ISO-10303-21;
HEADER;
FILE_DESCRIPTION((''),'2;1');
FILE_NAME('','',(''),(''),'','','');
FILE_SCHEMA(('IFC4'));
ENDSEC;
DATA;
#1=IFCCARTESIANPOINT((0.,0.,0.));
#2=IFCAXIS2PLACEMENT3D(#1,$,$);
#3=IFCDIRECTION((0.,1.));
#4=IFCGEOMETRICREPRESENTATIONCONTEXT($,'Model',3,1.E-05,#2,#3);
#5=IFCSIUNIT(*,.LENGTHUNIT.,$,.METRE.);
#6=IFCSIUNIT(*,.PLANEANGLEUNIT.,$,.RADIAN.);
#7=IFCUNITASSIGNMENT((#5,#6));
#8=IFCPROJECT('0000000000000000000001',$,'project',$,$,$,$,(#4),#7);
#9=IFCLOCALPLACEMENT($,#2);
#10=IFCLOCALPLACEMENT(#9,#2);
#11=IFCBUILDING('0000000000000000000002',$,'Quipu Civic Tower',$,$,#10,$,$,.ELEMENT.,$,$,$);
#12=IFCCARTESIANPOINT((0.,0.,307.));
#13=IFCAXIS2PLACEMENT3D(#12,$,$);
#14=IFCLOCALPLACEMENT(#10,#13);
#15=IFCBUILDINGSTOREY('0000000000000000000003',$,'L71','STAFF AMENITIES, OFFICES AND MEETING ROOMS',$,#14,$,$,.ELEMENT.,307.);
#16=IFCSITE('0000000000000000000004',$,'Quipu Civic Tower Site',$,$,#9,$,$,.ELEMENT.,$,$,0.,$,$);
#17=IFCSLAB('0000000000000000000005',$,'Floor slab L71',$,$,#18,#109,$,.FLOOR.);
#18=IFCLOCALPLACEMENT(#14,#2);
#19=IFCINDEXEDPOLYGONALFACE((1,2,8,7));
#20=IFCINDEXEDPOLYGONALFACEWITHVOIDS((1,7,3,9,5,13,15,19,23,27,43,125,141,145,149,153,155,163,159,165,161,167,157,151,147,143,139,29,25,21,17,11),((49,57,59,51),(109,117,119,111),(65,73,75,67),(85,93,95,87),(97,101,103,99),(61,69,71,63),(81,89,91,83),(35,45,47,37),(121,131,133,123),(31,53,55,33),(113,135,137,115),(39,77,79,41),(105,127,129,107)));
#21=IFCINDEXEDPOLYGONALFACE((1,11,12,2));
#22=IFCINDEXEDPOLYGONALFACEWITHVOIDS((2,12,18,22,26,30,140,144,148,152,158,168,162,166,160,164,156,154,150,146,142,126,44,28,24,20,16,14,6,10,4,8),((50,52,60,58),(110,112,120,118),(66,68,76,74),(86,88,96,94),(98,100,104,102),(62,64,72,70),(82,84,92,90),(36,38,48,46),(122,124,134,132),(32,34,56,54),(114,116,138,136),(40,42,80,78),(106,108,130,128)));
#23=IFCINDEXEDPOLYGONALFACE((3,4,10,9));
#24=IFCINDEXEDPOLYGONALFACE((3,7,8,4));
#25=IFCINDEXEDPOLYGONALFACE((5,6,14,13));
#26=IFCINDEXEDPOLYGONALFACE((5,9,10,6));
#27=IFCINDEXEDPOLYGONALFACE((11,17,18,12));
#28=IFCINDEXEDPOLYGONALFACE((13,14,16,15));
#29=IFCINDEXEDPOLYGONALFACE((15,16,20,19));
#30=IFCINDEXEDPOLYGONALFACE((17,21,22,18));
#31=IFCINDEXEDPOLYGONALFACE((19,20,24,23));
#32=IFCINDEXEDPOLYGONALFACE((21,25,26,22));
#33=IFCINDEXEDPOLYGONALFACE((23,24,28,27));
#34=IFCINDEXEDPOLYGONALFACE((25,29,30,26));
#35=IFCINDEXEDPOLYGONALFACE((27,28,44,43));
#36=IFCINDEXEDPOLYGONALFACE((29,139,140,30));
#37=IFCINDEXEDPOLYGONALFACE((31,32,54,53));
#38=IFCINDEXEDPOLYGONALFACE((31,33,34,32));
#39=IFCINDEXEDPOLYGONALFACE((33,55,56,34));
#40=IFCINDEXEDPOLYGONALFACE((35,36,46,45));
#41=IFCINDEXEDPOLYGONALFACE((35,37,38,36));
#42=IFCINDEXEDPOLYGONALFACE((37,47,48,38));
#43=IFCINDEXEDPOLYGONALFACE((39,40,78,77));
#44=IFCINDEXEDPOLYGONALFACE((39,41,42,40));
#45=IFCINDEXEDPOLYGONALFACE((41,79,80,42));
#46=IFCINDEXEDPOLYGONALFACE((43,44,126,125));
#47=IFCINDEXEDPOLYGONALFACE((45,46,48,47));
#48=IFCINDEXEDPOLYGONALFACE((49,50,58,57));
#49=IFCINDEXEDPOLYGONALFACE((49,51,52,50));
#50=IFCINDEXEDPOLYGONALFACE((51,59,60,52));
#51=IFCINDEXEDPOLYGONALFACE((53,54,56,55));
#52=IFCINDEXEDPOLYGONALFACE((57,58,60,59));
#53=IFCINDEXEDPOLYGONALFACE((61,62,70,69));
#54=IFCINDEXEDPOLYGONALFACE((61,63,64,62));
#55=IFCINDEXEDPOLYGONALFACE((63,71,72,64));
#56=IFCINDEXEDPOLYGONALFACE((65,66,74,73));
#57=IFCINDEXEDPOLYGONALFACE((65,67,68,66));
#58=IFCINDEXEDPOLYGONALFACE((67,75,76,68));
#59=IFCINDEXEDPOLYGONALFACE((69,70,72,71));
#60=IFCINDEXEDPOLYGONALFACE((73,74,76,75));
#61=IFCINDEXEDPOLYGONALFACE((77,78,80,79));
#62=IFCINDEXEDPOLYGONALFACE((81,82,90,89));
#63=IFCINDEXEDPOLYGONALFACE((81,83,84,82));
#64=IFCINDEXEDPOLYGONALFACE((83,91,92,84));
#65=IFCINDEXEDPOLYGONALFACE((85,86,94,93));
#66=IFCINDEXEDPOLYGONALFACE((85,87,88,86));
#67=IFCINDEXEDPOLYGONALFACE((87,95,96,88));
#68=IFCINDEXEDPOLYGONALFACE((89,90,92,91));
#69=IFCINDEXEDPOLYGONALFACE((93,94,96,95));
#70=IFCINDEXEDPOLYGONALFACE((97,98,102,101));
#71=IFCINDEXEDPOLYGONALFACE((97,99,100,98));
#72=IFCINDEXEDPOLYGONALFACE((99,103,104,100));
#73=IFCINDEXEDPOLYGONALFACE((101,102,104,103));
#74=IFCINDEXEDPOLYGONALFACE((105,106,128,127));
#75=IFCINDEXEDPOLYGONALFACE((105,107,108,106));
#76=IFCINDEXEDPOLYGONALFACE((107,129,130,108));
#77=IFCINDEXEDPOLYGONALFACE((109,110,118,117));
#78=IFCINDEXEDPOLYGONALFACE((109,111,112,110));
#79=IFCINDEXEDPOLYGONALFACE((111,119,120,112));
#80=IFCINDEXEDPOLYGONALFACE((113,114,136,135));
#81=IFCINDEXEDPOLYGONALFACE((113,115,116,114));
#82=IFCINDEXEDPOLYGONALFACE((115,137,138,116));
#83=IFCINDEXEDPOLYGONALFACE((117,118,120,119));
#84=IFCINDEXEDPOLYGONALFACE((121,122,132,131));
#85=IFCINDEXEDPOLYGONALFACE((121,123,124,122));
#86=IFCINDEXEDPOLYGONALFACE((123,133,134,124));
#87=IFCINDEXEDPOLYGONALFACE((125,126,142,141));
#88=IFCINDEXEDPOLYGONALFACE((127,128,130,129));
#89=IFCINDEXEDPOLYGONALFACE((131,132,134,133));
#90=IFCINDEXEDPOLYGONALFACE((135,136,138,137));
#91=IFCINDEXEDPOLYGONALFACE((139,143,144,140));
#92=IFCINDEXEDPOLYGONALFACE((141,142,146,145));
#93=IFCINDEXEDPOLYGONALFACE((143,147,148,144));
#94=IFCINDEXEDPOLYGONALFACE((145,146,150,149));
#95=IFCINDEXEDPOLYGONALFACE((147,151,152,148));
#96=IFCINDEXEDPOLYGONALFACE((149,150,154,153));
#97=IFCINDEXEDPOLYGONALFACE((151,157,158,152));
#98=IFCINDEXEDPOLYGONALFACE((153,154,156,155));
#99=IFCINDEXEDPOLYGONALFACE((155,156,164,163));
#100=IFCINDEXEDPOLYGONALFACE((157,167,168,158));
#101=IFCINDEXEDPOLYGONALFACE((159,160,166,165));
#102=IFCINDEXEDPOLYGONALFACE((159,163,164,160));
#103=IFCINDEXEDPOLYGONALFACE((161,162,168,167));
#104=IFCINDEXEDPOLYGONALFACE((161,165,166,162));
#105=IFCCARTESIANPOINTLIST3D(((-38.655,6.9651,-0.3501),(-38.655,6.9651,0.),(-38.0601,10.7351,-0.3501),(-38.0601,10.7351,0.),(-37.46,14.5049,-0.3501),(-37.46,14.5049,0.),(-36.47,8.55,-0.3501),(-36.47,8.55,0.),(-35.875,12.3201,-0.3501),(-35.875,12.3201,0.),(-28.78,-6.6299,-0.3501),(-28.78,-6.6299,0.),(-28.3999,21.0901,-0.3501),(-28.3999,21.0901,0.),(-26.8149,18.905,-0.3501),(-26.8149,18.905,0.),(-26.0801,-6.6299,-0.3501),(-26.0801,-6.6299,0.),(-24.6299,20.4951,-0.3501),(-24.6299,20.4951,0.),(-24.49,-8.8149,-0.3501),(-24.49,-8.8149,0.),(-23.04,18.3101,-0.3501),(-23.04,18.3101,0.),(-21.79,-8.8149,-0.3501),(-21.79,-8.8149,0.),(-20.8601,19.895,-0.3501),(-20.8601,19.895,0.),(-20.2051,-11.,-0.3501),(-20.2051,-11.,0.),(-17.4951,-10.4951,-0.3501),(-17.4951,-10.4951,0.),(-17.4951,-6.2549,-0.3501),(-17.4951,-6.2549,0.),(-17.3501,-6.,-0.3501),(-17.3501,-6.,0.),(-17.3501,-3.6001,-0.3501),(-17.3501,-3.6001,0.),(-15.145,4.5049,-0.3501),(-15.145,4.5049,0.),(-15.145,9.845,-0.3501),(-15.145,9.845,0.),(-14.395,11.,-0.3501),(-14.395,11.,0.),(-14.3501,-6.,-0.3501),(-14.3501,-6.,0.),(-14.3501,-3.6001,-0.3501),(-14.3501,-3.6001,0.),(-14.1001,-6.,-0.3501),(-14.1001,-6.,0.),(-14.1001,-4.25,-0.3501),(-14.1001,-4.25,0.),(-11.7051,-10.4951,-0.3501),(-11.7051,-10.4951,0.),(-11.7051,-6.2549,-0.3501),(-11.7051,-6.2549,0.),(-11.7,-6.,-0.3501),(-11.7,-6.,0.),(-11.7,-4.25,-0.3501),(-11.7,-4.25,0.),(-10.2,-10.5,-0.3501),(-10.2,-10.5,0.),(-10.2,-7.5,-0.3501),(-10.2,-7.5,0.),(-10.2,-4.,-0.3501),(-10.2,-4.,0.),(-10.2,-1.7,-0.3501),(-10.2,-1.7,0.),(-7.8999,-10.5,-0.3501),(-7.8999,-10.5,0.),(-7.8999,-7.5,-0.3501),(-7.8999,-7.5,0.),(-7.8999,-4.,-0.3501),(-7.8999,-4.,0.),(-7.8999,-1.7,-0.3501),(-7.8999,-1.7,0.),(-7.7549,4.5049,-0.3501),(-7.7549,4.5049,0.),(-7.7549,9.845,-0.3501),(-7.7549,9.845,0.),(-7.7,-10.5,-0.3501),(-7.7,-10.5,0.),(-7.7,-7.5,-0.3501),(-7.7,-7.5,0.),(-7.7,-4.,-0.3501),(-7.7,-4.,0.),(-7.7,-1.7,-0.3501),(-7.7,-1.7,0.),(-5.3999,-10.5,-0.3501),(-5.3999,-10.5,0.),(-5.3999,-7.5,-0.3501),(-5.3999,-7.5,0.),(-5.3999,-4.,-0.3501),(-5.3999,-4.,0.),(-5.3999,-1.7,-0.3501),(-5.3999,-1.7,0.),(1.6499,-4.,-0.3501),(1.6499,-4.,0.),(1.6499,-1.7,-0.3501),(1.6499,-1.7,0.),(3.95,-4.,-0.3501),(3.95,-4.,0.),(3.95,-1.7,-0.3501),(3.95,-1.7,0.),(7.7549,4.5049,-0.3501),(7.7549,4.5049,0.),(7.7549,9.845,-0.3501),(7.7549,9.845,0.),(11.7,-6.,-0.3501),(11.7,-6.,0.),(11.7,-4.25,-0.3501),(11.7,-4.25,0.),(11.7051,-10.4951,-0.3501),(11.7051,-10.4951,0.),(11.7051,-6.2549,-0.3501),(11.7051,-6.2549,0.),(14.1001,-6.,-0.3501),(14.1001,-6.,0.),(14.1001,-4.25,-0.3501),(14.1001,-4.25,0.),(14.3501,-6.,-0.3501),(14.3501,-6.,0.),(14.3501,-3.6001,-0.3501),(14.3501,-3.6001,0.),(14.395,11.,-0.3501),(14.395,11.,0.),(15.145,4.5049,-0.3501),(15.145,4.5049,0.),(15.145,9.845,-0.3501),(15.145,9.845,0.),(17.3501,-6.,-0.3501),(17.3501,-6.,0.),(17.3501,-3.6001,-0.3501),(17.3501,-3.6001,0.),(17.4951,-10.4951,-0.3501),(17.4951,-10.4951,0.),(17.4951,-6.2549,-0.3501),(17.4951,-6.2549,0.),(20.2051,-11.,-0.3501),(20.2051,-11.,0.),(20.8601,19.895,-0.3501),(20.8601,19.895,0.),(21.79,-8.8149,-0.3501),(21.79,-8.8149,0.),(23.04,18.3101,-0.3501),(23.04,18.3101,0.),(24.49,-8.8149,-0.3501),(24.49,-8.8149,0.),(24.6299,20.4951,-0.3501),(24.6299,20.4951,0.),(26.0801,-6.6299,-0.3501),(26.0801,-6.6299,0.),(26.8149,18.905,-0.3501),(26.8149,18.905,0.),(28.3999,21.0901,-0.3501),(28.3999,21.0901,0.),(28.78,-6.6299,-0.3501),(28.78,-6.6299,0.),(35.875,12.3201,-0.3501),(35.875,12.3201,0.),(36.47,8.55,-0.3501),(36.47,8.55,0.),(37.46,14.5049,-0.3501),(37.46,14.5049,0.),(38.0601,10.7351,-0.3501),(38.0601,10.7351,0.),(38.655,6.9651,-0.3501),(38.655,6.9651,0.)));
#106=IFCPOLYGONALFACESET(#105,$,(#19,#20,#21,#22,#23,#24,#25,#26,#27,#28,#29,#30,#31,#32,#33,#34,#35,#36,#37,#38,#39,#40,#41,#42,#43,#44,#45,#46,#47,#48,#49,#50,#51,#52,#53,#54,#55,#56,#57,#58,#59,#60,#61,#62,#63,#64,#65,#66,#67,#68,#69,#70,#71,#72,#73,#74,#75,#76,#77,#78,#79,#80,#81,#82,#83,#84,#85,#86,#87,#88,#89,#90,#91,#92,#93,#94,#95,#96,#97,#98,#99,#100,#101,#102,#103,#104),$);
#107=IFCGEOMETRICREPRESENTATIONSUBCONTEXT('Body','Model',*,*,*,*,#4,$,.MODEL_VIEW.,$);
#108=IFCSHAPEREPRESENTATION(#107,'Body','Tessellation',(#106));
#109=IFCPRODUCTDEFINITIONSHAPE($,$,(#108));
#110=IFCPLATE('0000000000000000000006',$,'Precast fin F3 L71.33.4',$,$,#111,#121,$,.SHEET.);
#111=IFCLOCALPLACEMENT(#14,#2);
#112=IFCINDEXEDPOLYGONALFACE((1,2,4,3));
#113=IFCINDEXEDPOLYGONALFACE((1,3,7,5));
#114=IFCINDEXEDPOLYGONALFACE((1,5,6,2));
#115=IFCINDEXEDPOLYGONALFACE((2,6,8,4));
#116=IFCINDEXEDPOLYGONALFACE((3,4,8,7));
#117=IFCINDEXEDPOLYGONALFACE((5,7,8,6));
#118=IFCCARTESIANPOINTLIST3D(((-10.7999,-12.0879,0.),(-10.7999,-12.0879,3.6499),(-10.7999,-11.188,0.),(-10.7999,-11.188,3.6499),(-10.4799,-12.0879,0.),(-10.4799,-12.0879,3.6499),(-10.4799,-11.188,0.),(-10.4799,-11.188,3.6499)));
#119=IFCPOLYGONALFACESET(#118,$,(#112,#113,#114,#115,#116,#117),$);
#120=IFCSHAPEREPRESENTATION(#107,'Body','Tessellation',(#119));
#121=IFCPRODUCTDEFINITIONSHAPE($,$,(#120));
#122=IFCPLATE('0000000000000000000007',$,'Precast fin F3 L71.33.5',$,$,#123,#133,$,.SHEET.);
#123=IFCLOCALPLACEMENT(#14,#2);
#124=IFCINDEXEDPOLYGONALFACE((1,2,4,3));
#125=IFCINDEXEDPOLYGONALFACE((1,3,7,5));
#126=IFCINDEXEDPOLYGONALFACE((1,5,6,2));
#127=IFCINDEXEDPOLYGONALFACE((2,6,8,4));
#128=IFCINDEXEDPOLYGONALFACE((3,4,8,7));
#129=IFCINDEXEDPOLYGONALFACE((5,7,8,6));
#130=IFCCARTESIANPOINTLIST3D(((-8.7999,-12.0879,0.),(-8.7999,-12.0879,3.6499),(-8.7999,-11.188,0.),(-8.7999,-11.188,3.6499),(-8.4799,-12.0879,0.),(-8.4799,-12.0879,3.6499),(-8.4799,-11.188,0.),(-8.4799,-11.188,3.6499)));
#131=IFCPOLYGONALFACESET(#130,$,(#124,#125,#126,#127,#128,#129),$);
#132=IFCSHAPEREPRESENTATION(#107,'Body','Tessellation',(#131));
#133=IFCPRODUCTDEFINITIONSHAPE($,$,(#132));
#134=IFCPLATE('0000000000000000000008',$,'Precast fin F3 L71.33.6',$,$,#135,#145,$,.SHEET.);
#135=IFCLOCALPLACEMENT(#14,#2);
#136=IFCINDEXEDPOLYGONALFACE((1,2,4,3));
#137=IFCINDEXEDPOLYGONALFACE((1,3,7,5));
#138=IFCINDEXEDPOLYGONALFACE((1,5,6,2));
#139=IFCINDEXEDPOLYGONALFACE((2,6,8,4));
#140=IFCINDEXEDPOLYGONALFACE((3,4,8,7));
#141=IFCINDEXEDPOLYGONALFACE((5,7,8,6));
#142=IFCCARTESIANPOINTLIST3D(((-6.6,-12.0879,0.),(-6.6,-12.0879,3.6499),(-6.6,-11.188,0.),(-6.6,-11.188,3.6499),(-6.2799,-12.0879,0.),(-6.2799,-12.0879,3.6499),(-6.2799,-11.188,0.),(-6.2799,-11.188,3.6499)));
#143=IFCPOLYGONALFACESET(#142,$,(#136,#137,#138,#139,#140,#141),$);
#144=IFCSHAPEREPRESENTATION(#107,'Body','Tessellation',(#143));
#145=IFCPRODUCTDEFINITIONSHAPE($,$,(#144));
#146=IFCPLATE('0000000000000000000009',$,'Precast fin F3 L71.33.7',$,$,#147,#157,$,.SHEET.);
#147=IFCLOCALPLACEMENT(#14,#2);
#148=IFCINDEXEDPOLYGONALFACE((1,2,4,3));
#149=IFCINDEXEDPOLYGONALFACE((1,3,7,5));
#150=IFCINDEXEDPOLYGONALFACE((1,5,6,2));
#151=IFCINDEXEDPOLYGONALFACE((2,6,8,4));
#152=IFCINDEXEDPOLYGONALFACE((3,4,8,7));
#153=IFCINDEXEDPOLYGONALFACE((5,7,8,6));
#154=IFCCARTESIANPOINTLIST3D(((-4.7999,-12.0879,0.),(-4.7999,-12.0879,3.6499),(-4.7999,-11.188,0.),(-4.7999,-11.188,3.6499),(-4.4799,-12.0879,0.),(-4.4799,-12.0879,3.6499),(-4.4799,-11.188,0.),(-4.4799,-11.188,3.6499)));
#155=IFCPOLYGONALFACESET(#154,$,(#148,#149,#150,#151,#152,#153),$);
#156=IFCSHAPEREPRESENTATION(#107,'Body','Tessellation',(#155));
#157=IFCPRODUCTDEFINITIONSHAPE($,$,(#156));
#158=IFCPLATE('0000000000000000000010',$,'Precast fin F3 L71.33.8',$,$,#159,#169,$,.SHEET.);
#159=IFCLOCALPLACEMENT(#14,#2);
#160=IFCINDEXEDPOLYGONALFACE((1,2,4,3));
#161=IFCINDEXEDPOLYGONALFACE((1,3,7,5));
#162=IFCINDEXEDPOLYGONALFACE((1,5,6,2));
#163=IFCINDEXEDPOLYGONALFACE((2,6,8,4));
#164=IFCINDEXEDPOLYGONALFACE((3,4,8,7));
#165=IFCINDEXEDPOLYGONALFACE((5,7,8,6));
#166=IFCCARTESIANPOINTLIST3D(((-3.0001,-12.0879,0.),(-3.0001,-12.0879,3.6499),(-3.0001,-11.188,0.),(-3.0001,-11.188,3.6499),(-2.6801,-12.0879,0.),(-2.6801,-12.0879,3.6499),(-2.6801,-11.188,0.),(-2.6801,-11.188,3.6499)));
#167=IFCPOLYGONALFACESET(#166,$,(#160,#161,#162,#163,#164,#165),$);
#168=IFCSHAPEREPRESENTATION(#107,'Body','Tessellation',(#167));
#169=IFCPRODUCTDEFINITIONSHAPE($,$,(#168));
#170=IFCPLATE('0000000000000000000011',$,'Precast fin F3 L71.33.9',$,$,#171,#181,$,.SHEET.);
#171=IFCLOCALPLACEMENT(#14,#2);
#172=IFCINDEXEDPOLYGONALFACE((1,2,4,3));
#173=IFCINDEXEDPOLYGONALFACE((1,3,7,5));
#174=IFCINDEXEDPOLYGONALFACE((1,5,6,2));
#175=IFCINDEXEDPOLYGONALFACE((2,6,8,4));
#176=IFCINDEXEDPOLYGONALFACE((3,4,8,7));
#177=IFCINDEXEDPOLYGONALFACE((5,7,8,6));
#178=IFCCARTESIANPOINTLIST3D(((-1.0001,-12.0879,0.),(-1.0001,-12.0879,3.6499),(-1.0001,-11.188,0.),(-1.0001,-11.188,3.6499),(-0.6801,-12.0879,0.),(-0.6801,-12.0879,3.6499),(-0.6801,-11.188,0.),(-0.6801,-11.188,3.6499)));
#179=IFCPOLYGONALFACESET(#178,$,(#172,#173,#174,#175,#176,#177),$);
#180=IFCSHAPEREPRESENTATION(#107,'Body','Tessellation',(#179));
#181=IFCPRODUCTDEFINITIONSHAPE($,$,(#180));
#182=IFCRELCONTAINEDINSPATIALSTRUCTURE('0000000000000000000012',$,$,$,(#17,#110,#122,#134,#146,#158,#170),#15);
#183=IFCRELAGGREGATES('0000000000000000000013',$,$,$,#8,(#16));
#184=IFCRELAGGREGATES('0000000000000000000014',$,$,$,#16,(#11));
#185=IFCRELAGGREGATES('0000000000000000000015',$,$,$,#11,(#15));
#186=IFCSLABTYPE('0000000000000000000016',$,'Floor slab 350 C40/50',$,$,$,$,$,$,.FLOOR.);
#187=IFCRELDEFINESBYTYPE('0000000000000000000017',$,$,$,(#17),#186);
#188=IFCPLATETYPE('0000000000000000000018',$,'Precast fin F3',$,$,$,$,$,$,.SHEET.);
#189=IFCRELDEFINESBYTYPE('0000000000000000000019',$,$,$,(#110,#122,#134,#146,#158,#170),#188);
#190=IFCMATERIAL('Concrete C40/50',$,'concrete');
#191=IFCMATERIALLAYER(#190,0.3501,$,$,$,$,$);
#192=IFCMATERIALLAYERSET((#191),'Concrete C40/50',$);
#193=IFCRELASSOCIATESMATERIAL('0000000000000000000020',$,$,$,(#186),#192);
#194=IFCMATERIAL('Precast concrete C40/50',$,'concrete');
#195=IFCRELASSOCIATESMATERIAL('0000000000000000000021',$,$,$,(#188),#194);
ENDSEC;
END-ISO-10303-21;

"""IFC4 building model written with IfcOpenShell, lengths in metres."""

from ifc_helpers import new_model, si_unit, direction, frame, origin, origin_2d, place, context, subcontext, project, spatial, polyline, rectangle, outline, extrude, material, layer, layer_set, type_object, element, save


model = new_model("IFC4")

# Units and contexts
model_context = context("Model", 3, precision=1e-05, world=origin(), true_north=direction((0.0, 1.0)))
body_context = subcontext(model_context, "Body", "Model", "MODEL_VIEW")
ifc_project = project(units=[si_unit("LENGTHUNIT", "METRE"), si_unit("PLANEANGLEUNIT", "RADIAN")], contexts=[model_context])

# Site, building, storey
site_placement = place(None, origin())
site = spatial("IfcSite", under=ifc_project, at=site_placement, Name="Quipu Civic Tower Site", CompositionType="ELEMENT", RefElevation=0.0)
building_placement = place(site_placement, origin())
building = spatial("IfcBuilding", under=site, at=building_placement, Name="Quipu Civic Tower", CompositionType="ELEMENT")
storey_placement = place(building_placement, frame((0.0, 0.0, 307.0)))
storey = spatial("IfcBuildingStorey", under=building, at=storey_placement, Name="L71", Description="STAFF AMENITIES, OFFICES AND MEETING ROOMS", CompositionType="ELEMENT", Elevation=307.0)

# Slab
ifc_material_1 = material(Name="Concrete C40/50", Category="concrete")
ifc_layer_1 = layer(ifc_material_1, 0.3501)
ifc_layer_set_1 = layer_set([ifc_layer_1], Name="Concrete C40/50")
slab_type = type_object("IfcSlabType", Name="Floor slab 350 C40/50", PredefinedType="FLOOR", material=ifc_layer_set_1)
slab_placement = place(storey_placement, frame((0.0, 0.0, -0.3501)))
element("IfcSlab", 1, at=slab_placement, inside=storey, type_object=slab_type, Name="Floor slab L71", PredefinedType="FLOOR", context=body_context, shape_type="SweptSolid", body=[
    extrude(outline(polyline([(20.8601, 19.895), (23.04, 18.3101), (24.6299, 20.4951), (26.8149, 18.905), (28.3999, 21.0901), (37.46, 14.5049), (35.875, 12.3201), (38.0601, 10.7351), (36.47, 8.55), (38.655, 6.9651), (28.78, -6.6299), (26.0801, -6.6299), (24.49, -8.8149), (21.79, -8.8149), (20.2051, -11.0), (-20.2051, -11.0), (-21.79, -8.8149), (-24.49, -8.8149), (-26.0801, -6.6299), (-28.78, -6.6299), (-38.655, 6.9651), (-36.47, 8.55), (-38.0601, 10.7351), (-35.875, 12.3201), (-37.46, 14.5049), (-28.3999, 21.0901), (-26.8149, 18.905), (-24.6299, 20.4951), (-23.04, 18.3101), (-20.8601, 19.895), (-14.395, 11.0), (14.395, 11.0), (20.8601, 19.895)]), holes=[polyline([(-10.2, -10.5), (-7.8999, -10.5), (-7.8999, -7.5), (-10.2, -7.5), (-10.2, -10.5)]), polyline([(-7.7, -7.5), (-7.7, -10.5), (-5.3999, -10.5), (-5.3999, -7.5), (-7.7, -7.5)]), polyline([(-11.7051, -6.2549), (-17.4951, -6.2549), (-17.4951, -10.4951), (-11.7051, -10.4951), (-11.7051, -6.2549)]), polyline([(-14.1001, -6.0), (-11.7, -6.0), (-11.7, -4.25), (-14.1001, -4.25), (-14.1001, -6.0)]), polyline([(-17.3501, -3.6001), (-17.3501, -6.0), (-14.3501, -6.0), (-14.3501, -3.6001), (-17.3501, -3.6001)]), polyline([(-10.2, -1.7), (-10.2, -4.0), (-7.8999, -4.0), (-7.8999, -1.7), (-10.2, -1.7)]), polyline([(-15.145, 9.845), (-15.145, 4.5049), (-7.7549, 4.5049), (-7.7549, 9.845), (-15.145, 9.845)]), polyline([(11.7051, -10.4951), (17.4951, -10.4951), (17.4951, -6.2549), (11.7051, -6.2549), (11.7051, -10.4951)]), polyline([(11.7, -4.25), (11.7, -6.0), (14.1001, -6.0), (14.1001, -4.25), (11.7, -4.25)]), polyline([(14.3501, -3.6001), (14.3501, -6.0), (17.3501, -6.0), (17.3501, -3.6001), (14.3501, -3.6001)]), polyline([(-7.7, -1.7), (-7.7, -4.0), (-5.3999, -4.0), (-5.3999, -1.7), (-7.7, -1.7)]), polyline([(1.6499, -1.7), (1.6499, -4.0), (3.95, -4.0), (3.95, -1.7), (1.6499, -1.7)]), polyline([(7.7549, 4.5049), (15.145, 4.5049), (15.145, 9.845), (7.7549, 9.845), (7.7549, 4.5049)])]), origin(), (0.0, 0.0, 1.0), 0.3501),
])

# Plates
ifc_material_2 = material(Name="Precast concrete C40/50", Category="concrete")
plate_type = type_object("IfcPlateType", Name="Precast fin F3", PredefinedType="SHEET", material=ifc_material_2)
for number, where, z_axis, x_axis, name in (
    (2, (-10.6399, -11.6379, 0.0), (0.0, 0.0, 1.0), (1.0, 0.0, 0.0), "Precast fin F3 L71.33.4"),
    (3, (-8.6399, -11.6379, 0.0), (0.0, 0.0, 1.0), (1.0, 0.0, 0.0), "Precast fin F3 L71.33.5"),
    (4, (-6.4399, -11.6379, 0.0), (0.0, 0.0, 1.0), (1.0, 0.0, 0.0), "Precast fin F3 L71.33.6"),
    (5, (-4.6399, -11.6379, 0.0), (0.0, 0.0, 1.0), (1.0, 0.0, 0.0), "Precast fin F3 L71.33.7"),
    (6, (-2.8401, -11.6379, 0.0), (0.0, 0.0, 1.0), (1.0, 0.0, 0.0), "Precast fin F3 L71.33.8"),
    (7, (-0.8401, -11.6379, 0.0), (0.0, 0.0, 1.0), (1.0, 0.0, 0.0), "Precast fin F3 L71.33.9"),
):
    element("IfcPlate", number, at=place(storey_placement, frame(where, z_axis=z_axis, x_axis=x_axis)), inside=storey, type_object=plate_type, Name=name, PredefinedType="SHEET", context=body_context, shape_type="SweptSolid", body=[
        extrude(rectangle(XDim=0.3201, YDim=0.8999, at=origin_2d()), origin(), (0.0, 0.0, 1.0), 3.6499),
    ])

save(model, "model.ifc")
